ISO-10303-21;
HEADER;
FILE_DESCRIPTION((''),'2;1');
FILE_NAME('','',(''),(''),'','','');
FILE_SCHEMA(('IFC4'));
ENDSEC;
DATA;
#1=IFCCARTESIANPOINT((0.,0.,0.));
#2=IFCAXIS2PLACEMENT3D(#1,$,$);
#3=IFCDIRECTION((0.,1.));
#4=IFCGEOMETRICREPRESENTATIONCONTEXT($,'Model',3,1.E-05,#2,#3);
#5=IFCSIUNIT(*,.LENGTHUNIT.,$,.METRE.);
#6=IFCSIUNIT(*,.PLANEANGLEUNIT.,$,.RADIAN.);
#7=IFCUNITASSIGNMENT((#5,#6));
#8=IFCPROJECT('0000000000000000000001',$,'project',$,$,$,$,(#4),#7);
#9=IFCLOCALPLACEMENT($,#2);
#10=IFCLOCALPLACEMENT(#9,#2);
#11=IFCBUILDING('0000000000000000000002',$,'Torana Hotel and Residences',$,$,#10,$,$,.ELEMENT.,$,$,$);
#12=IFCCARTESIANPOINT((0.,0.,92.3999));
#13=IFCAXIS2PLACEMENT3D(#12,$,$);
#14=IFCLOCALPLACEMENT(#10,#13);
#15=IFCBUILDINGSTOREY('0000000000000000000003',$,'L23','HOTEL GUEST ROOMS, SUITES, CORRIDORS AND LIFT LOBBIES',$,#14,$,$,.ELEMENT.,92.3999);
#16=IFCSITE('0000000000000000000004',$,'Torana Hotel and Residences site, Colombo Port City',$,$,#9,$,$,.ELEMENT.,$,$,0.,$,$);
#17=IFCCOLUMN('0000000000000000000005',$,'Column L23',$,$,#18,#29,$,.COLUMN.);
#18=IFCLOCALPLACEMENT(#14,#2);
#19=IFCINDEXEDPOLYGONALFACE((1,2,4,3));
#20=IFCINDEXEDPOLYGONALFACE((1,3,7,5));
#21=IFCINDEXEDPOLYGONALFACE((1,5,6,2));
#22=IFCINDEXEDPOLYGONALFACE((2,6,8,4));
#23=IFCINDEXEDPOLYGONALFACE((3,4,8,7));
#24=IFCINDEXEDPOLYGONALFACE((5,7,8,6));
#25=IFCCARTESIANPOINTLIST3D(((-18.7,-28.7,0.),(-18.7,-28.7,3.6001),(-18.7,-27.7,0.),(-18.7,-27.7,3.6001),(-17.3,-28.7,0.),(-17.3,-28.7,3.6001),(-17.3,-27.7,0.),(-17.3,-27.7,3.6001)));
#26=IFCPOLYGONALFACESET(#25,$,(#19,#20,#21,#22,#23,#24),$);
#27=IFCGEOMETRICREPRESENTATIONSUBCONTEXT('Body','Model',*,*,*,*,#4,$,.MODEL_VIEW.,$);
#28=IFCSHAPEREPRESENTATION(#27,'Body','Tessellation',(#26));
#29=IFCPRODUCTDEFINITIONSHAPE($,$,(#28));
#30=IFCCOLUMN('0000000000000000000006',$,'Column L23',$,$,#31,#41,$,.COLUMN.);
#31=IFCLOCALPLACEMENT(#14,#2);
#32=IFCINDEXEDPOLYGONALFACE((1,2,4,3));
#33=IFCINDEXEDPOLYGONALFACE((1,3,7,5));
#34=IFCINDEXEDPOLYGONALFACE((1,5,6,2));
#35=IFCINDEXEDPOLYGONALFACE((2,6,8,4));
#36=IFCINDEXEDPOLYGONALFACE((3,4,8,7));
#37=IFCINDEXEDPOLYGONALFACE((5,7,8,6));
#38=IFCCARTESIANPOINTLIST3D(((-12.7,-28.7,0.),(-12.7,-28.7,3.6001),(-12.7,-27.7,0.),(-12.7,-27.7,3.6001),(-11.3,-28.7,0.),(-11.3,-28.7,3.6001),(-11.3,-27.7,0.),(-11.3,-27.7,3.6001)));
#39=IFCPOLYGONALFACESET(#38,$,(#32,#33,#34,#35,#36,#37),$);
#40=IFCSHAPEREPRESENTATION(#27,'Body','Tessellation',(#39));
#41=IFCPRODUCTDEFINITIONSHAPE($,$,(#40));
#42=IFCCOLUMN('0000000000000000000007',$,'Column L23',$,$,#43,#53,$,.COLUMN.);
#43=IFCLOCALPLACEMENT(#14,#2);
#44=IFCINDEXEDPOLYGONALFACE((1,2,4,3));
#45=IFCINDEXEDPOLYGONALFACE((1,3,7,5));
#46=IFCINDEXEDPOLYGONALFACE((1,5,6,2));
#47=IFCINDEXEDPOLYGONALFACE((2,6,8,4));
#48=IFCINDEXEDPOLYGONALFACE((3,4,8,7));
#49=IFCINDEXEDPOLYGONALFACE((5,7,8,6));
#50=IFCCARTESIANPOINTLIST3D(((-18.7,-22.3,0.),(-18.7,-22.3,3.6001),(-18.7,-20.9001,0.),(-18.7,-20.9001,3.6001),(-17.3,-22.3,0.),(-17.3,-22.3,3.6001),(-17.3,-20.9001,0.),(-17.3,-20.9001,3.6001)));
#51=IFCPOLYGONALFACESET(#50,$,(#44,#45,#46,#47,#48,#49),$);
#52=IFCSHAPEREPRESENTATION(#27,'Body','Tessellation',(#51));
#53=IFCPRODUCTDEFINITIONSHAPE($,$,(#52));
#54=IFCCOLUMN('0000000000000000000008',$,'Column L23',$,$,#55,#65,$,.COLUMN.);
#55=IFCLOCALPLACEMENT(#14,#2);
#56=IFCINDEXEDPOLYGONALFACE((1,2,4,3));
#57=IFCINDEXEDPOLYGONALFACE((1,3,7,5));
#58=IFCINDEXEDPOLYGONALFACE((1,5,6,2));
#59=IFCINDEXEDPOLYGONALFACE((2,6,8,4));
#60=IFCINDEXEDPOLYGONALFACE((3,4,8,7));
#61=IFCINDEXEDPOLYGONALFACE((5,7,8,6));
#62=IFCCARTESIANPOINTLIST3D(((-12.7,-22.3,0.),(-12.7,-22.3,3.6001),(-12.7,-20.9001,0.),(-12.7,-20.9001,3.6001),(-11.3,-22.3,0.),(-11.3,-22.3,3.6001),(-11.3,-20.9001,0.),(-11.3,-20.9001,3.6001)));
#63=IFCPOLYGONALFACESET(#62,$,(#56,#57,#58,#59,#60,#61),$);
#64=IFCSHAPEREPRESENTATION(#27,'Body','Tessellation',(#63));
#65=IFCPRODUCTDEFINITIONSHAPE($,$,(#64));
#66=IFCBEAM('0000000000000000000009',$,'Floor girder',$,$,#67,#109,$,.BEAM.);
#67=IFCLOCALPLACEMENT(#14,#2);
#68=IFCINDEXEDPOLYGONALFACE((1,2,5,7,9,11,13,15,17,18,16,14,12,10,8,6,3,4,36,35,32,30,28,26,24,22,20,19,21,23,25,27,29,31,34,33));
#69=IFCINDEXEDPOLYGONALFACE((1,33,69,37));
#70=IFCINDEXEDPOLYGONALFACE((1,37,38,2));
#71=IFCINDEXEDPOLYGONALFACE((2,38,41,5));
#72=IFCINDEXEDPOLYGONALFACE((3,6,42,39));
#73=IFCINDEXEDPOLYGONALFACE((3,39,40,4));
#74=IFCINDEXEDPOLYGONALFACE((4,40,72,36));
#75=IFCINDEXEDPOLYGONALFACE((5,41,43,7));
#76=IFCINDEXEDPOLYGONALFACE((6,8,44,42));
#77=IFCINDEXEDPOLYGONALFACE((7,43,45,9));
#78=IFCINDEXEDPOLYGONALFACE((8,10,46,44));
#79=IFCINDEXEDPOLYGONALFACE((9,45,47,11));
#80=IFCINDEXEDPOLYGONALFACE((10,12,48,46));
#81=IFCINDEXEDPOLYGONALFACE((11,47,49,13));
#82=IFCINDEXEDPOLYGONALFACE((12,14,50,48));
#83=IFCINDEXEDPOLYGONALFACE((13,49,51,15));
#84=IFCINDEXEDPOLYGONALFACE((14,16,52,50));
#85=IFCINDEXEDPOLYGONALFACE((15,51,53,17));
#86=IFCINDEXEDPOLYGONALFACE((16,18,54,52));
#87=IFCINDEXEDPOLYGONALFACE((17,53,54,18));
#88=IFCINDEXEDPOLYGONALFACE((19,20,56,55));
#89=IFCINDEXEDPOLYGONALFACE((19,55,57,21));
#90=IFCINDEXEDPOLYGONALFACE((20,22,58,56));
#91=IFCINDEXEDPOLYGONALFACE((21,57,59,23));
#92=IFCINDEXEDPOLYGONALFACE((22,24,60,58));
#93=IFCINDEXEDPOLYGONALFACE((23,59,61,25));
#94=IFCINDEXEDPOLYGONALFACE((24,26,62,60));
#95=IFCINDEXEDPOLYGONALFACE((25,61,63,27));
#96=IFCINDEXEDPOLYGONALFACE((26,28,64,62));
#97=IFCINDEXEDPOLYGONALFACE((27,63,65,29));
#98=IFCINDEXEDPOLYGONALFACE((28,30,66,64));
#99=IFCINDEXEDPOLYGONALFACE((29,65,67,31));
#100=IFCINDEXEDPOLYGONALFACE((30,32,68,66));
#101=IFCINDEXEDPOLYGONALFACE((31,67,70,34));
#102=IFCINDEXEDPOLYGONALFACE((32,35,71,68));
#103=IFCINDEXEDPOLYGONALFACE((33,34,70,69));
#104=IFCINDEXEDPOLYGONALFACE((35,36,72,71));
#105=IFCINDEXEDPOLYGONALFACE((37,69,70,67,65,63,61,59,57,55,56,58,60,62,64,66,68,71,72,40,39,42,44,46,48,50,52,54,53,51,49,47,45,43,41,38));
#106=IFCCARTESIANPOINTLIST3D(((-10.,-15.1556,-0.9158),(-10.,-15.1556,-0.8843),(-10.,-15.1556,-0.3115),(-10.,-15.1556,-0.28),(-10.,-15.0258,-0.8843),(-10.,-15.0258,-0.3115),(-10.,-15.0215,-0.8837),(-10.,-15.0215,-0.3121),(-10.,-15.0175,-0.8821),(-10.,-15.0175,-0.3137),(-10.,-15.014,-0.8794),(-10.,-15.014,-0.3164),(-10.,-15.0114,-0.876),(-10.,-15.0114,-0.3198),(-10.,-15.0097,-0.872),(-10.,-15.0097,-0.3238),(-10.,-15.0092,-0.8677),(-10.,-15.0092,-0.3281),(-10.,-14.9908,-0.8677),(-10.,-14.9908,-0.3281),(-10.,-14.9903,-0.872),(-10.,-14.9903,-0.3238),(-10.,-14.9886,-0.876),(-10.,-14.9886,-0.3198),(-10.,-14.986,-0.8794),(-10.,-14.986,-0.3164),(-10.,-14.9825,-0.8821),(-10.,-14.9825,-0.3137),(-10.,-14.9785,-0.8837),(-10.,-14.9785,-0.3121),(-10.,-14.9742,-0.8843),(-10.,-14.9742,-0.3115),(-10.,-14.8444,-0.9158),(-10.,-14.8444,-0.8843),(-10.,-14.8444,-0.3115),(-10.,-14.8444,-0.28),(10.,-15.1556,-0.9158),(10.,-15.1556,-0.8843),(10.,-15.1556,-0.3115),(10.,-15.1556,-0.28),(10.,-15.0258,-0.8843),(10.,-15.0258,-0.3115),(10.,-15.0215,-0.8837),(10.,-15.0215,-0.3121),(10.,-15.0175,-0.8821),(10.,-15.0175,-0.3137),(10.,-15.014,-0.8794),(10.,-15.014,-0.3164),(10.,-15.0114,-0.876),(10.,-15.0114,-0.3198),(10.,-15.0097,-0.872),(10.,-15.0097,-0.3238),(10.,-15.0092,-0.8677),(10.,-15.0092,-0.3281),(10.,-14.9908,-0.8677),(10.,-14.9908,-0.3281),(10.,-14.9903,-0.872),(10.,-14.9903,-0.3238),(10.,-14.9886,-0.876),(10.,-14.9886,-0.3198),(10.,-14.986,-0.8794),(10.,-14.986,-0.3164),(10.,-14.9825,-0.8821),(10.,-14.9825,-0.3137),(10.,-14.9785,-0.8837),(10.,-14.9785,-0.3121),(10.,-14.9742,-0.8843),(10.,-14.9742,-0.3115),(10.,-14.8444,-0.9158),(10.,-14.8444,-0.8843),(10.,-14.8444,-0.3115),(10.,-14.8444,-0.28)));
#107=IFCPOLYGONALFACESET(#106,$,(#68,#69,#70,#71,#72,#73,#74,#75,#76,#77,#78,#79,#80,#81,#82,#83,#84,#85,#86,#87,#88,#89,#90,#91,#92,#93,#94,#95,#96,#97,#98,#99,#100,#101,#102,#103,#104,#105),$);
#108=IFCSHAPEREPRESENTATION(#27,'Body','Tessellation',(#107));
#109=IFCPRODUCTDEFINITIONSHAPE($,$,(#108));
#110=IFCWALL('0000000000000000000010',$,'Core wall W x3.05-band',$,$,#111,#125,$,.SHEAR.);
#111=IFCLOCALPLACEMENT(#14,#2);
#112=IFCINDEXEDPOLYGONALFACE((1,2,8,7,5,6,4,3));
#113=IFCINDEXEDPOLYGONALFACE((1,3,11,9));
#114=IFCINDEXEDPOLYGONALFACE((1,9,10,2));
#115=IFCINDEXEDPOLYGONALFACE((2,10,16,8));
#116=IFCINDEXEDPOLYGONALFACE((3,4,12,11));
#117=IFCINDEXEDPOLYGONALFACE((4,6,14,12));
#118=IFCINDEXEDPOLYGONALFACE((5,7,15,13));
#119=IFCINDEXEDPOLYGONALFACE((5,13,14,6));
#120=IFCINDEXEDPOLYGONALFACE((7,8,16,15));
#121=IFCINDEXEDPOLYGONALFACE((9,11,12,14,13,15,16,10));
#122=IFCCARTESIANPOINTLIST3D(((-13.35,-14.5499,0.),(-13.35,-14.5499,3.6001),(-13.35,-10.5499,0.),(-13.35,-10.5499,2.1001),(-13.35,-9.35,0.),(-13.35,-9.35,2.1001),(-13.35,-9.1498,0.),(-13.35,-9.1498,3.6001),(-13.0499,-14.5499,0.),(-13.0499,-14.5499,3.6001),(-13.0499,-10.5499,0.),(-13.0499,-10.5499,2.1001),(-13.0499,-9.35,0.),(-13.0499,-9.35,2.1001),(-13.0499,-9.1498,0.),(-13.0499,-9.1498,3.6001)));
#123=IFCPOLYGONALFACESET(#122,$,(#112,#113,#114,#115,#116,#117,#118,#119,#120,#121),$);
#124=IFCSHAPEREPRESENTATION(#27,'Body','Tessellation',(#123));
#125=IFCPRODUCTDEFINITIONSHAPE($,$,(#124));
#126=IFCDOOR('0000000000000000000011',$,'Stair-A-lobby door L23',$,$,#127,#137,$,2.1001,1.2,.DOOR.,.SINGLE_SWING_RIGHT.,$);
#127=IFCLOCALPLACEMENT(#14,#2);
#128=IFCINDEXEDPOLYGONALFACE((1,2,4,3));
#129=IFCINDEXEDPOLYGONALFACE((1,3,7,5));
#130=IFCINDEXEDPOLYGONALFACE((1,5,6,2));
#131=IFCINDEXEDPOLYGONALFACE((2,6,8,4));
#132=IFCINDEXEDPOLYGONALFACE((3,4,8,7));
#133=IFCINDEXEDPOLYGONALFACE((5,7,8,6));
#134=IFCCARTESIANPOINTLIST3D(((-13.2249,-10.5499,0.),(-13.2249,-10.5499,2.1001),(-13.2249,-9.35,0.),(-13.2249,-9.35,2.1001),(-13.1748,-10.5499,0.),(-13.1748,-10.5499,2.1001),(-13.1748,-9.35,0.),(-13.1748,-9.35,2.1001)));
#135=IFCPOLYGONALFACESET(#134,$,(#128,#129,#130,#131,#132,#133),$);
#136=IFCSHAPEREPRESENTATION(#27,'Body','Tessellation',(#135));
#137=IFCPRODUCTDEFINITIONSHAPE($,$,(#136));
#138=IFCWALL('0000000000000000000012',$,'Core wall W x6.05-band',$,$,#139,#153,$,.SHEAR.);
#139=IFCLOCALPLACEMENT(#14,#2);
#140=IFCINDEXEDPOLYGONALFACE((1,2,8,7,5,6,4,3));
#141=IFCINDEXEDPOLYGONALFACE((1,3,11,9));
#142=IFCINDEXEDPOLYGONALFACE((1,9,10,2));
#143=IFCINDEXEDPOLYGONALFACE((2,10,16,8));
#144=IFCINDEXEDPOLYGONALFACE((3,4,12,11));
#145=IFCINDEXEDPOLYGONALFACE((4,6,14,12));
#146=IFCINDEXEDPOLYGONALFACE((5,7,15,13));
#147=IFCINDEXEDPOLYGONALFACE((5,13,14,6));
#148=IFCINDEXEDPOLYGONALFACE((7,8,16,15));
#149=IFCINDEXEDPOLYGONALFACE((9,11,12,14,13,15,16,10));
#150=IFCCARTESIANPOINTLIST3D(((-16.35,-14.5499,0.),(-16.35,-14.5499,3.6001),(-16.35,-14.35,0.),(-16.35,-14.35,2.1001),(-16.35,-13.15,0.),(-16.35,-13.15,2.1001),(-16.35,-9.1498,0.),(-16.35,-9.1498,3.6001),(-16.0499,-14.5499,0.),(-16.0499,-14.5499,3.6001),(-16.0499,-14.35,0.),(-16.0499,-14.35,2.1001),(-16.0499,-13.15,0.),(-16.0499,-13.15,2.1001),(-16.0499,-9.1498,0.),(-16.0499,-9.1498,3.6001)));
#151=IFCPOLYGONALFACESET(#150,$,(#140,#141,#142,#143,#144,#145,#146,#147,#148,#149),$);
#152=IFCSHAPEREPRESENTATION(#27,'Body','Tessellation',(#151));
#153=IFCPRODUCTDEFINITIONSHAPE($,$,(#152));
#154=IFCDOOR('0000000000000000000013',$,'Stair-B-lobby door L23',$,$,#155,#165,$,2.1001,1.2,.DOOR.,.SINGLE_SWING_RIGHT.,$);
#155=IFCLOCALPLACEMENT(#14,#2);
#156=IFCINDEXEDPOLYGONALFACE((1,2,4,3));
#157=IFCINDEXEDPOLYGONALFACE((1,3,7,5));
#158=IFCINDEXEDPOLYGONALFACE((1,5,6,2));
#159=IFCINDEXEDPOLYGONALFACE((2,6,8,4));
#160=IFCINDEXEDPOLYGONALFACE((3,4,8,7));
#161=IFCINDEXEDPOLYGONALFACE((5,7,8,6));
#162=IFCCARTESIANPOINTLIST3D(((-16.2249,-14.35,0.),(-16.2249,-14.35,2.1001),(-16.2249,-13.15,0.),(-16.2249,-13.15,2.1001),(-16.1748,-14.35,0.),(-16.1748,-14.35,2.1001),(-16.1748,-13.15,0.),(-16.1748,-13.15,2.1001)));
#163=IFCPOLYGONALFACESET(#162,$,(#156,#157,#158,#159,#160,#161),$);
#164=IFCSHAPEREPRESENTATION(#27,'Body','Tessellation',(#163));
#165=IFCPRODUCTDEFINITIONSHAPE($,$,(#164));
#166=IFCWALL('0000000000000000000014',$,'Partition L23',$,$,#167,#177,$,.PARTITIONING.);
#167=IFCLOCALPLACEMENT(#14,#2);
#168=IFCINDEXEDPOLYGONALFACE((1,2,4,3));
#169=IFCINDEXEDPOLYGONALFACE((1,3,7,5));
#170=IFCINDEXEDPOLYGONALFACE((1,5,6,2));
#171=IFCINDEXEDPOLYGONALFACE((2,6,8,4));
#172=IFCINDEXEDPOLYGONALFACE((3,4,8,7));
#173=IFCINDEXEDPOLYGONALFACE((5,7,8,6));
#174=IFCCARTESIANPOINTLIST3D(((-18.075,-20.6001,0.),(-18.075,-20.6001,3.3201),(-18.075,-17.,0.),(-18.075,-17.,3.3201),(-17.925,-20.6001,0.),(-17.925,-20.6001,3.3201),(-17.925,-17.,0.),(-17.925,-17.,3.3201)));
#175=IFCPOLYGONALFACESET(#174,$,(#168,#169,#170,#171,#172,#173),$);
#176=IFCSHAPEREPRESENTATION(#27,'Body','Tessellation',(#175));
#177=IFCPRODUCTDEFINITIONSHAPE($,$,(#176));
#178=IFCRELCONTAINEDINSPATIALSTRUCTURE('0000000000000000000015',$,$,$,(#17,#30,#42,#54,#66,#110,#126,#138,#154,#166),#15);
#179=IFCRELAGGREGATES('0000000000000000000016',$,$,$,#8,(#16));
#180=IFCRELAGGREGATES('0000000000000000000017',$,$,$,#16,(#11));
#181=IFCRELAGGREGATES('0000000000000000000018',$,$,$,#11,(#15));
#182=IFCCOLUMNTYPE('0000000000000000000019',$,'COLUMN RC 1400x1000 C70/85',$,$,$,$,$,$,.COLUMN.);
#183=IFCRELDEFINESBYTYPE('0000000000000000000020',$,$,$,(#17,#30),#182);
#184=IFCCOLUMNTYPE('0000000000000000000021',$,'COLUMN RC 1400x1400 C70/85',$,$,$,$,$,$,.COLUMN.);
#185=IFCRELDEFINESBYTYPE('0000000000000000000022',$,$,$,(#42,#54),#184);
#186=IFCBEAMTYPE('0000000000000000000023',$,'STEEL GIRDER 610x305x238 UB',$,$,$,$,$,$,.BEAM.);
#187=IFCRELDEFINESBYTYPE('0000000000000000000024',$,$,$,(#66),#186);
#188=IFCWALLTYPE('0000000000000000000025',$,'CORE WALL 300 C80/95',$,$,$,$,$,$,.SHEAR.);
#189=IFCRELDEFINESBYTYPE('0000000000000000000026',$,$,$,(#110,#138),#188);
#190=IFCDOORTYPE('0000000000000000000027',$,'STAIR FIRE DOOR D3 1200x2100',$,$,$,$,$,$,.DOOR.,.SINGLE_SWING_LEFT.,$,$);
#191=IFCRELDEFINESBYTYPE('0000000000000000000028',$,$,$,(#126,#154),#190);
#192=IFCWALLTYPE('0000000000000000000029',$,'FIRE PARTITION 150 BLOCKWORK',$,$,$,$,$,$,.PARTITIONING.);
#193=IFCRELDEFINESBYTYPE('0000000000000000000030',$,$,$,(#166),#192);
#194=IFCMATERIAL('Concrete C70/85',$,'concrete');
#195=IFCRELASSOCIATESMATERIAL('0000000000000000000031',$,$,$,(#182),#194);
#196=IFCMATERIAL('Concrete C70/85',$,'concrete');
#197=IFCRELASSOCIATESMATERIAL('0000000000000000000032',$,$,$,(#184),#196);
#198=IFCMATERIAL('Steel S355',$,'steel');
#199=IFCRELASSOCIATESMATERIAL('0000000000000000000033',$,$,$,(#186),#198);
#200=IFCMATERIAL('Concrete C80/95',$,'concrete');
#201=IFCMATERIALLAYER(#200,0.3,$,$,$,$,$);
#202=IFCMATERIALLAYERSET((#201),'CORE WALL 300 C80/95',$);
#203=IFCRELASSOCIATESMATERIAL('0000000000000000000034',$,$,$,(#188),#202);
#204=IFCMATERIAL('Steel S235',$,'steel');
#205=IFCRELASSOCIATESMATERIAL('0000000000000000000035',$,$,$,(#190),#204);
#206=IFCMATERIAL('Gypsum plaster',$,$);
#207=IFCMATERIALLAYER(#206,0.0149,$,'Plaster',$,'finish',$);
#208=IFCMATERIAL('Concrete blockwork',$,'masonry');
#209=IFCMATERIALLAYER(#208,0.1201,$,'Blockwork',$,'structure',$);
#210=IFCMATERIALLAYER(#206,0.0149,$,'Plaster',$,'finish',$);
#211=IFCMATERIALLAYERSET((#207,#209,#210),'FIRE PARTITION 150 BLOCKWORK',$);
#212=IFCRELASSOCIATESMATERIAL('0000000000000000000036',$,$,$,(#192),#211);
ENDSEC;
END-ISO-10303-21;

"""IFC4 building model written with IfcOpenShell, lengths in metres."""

from ifc_helpers import new_model, si_unit, direction, frame, frame_2d, origin, origin_2d, place, context, subcontext, project, spatial, rectangle, i_section, extrude, material, layer, layer_set, material_profile, profile_set, type_object, element, fill, save


model = new_model("IFC4")

# Units and contexts
model_context = context("Model", 3, precision=1e-05, world=origin(), true_north=direction((0.0, 1.0)))
body_context = subcontext(model_context, "Body", "Model", "MODEL_VIEW")
ifc_project = project(units=[si_unit("LENGTHUNIT", "METRE"), si_unit("PLANEANGLEUNIT", "RADIAN")], contexts=[model_context])

# Site, building, storey
site_placement = place(None, origin())
site = spatial("IfcSite", under=ifc_project, at=site_placement, Name="Torana Hotel and Residences site, Colombo Port City", CompositionType="ELEMENT", RefElevation=0.0)
building_placement = place(site_placement, origin())
building = spatial("IfcBuilding", under=site, at=building_placement, Name="Torana Hotel and Residences", CompositionType="ELEMENT")
storey_placement = place(building_placement, frame((0.0, 0.0, 92.3999)))
storey = spatial("IfcBuildingStorey", under=building, at=storey_placement, Name="L23", Description="HOTEL GUEST ROOMS, SUITES, CORRIDORS AND LIFT LOBBIES", CompositionType="ELEMENT", Elevation=92.3999)

# Columns
ifc_material_1 = material(Name="Concrete C70/85", Category="concrete")
ifc_material_profile_1 = material_profile(ifc_material_1, rectangle(XDim=1.3999, YDim=1.0, at=origin_2d()), Name="RC 1400x1000")
ifc_profile_set_1 = profile_set([ifc_material_profile_1], Name="Concrete C70/85")
column_type_1 = type_object("IfcColumnType", Name="COLUMN RC 1400x1000 C70/85", PredefinedType="COLUMN", material=ifc_profile_set_1)
for number, where, z_axis, x_axis, name in (
    (1, (-18.0, -28.2, 0.0), (0.0, 0.0, 1.0), (1.0, 0.0, 0.0), "Column L23"),
    (2, (-12.0, -28.2, 0.0), (0.0, 0.0, 1.0), (1.0, 0.0, 0.0), "Column L23"),
):
    element("IfcColumn", number, at=place(storey_placement, frame(where, z_axis=z_axis, x_axis=x_axis)), inside=storey, type_object=column_type_1, Name=name, PredefinedType="COLUMN", context=body_context, shape_type="SweptSolid", body=[
        extrude(rectangle(XDim=1.3999, YDim=1.0, at=origin_2d()), origin(), (0.0, 0.0, 1.0), 3.6001),
    ])
ifc_material_2 = material(Name="Concrete C70/85", Category="concrete")
ifc_material_profile_2 = material_profile(ifc_material_2, rectangle(XDim=1.3999, YDim=1.3999, at=origin_2d()), Name="RC 1400x1400")
ifc_profile_set_2 = profile_set([ifc_material_profile_2], Name="Concrete C70/85")
column_type_2 = type_object("IfcColumnType", Name="COLUMN RC 1400x1400 C70/85", PredefinedType="COLUMN", material=ifc_profile_set_2)
for number, where, z_axis, x_axis, name in (
    (3, (-18.0, -21.6001, 0.0), (0.0, 0.0, 1.0), (1.0, 0.0, 0.0), "Column L23"),
    (4, (-12.0, -21.6001, 0.0), (0.0, 0.0, 1.0), (1.0, 0.0, 0.0), "Column L23"),
):
    element("IfcColumn", number, at=place(storey_placement, frame(where, z_axis=z_axis, x_axis=x_axis)), inside=storey, type_object=column_type_2, Name=name, PredefinedType="COLUMN", context=body_context, shape_type="SweptSolid", body=[
        extrude(rectangle(XDim=1.3999, YDim=1.3999, at=origin_2d()), origin(), (0.0, 0.0, 1.0), 3.6001),
    ])

# Beam
ifc_material_3 = material(Name="Steel S355", Category="steel")
ifc_material_profile_3 = material_profile(ifc_material_3, i_section(OverallWidth=0.3113, OverallDepth=0.6357, WebThickness=0.0183, FlangeThickness=0.0315, FilletRadius=0.0166, at=origin_2d()), Name="610x305x238 UB")
ifc_profile_set_3 = profile_set([ifc_material_profile_3], Name="Steel S355")
beam_type = type_object("IfcBeamType", Name="STEEL GIRDER 610x305x238 UB", PredefinedType="BEAM", material=ifc_profile_set_3)
beam_placement = place(storey_placement, frame((-10.0, -15.0, -0.5979), z_axis=(1.0, 0.0, 0.0), x_axis=(0.0, 1.0, 0.0)))
element("IfcBeam", 5, at=beam_placement, inside=storey, type_object=beam_type, Name="Floor girder", PredefinedType="BEAM", context=body_context, shape_type="SweptSolid", body=[
    extrude(i_section(OverallWidth=0.3113, OverallDepth=0.6357, WebThickness=0.0183, FlangeThickness=0.0315, FilletRadius=0.0166, at=origin_2d()), origin(), (0.0, 0.0, 1.0), 20.0),
])

# Walls, openings, doors
ifc_material_4 = material(Name="Concrete C80/95", Category="concrete")
ifc_layer_1 = layer(ifc_material_4, 0.3)
ifc_layer_set_1 = layer_set([ifc_layer_1], Name="CORE WALL 300 C80/95")
wall_type_1 = type_object("IfcWallType", Name="CORE WALL 300 C80/95", PredefinedType="SHEAR", material=ifc_layer_set_1)
wall_1_placement = place(storey_placement, frame((-13.2, -14.55, 0.0), z_axis=(0.0, 0.0, 1.0), x_axis=(0.0, 1.0, 0.0)))
wall_1 = element("IfcWall", 6, at=wall_1_placement, inside=storey, type_object=wall_type_1, Name="Core wall W x3.05-band", PredefinedType="SHEAR", context=body_context, shape_type="SweptSolid", body=[
    extrude(rectangle(XDim=5.4001, YDim=0.3, at=frame_2d((2.7002, 0.0))), origin(), (0.0, 0.0, 1.0), 3.6001),
])
opening_1_placement = place(wall_1_placement, frame((4.0, 0.0, 0.0)))
opening_1 = element("IfcOpeningElement", 7, at=opening_1_placement, cuts=wall_1, PredefinedType="OPENING", context=body_context, shape_type="SweptSolid", body=[
    extrude(rectangle(XDim=1.2, YDim=2.1001, at=frame_2d((0.6001, 1.05))), frame((0.0, 0.1599, 0.0), z_axis=(0.0, -1.0, 0.0), x_axis=(1.0, 0.0, 0.0)), (0.0, 0.0, 1.0), 0.3201),
])
ifc_material_5 = material(Name="Steel S235", Category="steel")
door_type_1 = type_object("IfcDoorType", Name="STAIR FIRE DOOR D3 1200x2100", OperationType="SINGLE_SWING_LEFT", PredefinedType="DOOR", material=ifc_material_5)
door_1_placement = place(opening_1_placement, frame((0.6001, 0.0, 0.0), z_axis=(0.0, 0.0, 1.0), x_axis=(-1.0, 0.0, 0.0)))
door_1 = element("IfcDoor", 8, at=door_1_placement, inside=storey, type_object=door_type_1, Name="Stair-A-lobby door L23", OperationType="SINGLE_SWING_RIGHT", OverallHeight=2.1001, OverallWidth=1.2, PredefinedType="DOOR", context=body_context, shape_type="SweptSolid", body=[
    extrude(rectangle(XDim=1.2, YDim=2.1001, at=frame_2d((0.0, 1.05))), frame((0.0, -0.0249, 0.0), z_axis=(0.0, 1.0, 0.0), x_axis=(-1.0, 0.0, 0.0)), (0.0, 0.0, 1.0), 0.05),
])
fill(opening_1, door_1)
wall_2_placement = place(storey_placement, frame((-16.2, -14.55, 0.0), z_axis=(0.0, 0.0, 1.0), x_axis=(0.0, 1.0, 0.0)))
wall_2 = element("IfcWall", 9, at=wall_2_placement, inside=storey, type_object=wall_type_1, Name="Core wall W x6.05-band", PredefinedType="SHEAR", context=body_context, shape_type="SweptSolid", body=[
    extrude(rectangle(XDim=5.4001, YDim=0.3, at=frame_2d((2.7002, 0.0))), origin(), (0.0, 0.0, 1.0), 3.6001),
])
opening_2_placement = place(wall_2_placement, frame((0.2, 0.0, 0.0)))
opening_2 = element("IfcOpeningElement", 10, at=opening_2_placement, cuts=wall_2, PredefinedType="OPENING", context=body_context, shape_type="SweptSolid", body=[
    extrude(rectangle(XDim=1.2, YDim=2.1001, at=frame_2d((0.6001, 1.05))), frame((0.0, 0.1599, 0.0), z_axis=(0.0, -1.0, 0.0), x_axis=(1.0, 0.0, 0.0)), (0.0, 0.0, 1.0), 0.3201),
])
door_2_placement = place(opening_2_placement, origin())
door_2 = element("IfcDoor", 11, at=door_2_placement, inside=storey, type_object=door_type_1, Name="Stair-B-lobby door L23", OperationType="SINGLE_SWING_RIGHT", OverallHeight=2.1001, OverallWidth=1.2, PredefinedType="DOOR", context=body_context, shape_type="SweptSolid", body=[
    extrude(rectangle(XDim=1.2, YDim=2.1001, at=frame_2d((0.6001, 1.05))), frame((0.0, 0.0249, 0.0), z_axis=(0.0, -1.0, 0.0), x_axis=(1.0, 0.0, 0.0)), (0.0, 0.0, 1.0), 0.05),
])
fill(opening_2, door_2)

# Wall
ifc_material_6 = material(Name="Gypsum plaster")
ifc_layer_2 = layer(ifc_material_6, 0.0149, Name="Plaster", Category="finish")
ifc_material_7 = material(Name="Concrete blockwork", Category="masonry")
ifc_layer_3 = layer(ifc_material_7, 0.1201, Name="Blockwork", Category="structure")
ifc_layer_4 = layer(ifc_material_6, 0.0149, Name="Plaster", Category="finish")
ifc_layer_set_2 = layer_set([ifc_layer_2, ifc_layer_3, ifc_layer_4], Name="FIRE PARTITION 150 BLOCKWORK")
wall_type_2 = type_object("IfcWallType", Name="FIRE PARTITION 150 BLOCKWORK", PredefinedType="PARTITIONING", material=ifc_layer_set_2)
wall_3_placement = place(storey_placement, frame((-18.0, -20.6001, 0.0), z_axis=(0.0, 0.0, 1.0), x_axis=(0.0, 1.0, 0.0)))
element("IfcWall", 12, at=wall_3_placement, inside=storey, type_object=wall_type_2, Name="Partition L23", PredefinedType="PARTITIONING", context=body_context, shape_type="SweptSolid", body=[
    extrude(rectangle(XDim=3.6001, YDim=0.1499, at=frame_2d((1.8, 0.0))), origin(), (0.0, 0.0, 1.0), 3.3201),
])

save(model, "model.ifc")
